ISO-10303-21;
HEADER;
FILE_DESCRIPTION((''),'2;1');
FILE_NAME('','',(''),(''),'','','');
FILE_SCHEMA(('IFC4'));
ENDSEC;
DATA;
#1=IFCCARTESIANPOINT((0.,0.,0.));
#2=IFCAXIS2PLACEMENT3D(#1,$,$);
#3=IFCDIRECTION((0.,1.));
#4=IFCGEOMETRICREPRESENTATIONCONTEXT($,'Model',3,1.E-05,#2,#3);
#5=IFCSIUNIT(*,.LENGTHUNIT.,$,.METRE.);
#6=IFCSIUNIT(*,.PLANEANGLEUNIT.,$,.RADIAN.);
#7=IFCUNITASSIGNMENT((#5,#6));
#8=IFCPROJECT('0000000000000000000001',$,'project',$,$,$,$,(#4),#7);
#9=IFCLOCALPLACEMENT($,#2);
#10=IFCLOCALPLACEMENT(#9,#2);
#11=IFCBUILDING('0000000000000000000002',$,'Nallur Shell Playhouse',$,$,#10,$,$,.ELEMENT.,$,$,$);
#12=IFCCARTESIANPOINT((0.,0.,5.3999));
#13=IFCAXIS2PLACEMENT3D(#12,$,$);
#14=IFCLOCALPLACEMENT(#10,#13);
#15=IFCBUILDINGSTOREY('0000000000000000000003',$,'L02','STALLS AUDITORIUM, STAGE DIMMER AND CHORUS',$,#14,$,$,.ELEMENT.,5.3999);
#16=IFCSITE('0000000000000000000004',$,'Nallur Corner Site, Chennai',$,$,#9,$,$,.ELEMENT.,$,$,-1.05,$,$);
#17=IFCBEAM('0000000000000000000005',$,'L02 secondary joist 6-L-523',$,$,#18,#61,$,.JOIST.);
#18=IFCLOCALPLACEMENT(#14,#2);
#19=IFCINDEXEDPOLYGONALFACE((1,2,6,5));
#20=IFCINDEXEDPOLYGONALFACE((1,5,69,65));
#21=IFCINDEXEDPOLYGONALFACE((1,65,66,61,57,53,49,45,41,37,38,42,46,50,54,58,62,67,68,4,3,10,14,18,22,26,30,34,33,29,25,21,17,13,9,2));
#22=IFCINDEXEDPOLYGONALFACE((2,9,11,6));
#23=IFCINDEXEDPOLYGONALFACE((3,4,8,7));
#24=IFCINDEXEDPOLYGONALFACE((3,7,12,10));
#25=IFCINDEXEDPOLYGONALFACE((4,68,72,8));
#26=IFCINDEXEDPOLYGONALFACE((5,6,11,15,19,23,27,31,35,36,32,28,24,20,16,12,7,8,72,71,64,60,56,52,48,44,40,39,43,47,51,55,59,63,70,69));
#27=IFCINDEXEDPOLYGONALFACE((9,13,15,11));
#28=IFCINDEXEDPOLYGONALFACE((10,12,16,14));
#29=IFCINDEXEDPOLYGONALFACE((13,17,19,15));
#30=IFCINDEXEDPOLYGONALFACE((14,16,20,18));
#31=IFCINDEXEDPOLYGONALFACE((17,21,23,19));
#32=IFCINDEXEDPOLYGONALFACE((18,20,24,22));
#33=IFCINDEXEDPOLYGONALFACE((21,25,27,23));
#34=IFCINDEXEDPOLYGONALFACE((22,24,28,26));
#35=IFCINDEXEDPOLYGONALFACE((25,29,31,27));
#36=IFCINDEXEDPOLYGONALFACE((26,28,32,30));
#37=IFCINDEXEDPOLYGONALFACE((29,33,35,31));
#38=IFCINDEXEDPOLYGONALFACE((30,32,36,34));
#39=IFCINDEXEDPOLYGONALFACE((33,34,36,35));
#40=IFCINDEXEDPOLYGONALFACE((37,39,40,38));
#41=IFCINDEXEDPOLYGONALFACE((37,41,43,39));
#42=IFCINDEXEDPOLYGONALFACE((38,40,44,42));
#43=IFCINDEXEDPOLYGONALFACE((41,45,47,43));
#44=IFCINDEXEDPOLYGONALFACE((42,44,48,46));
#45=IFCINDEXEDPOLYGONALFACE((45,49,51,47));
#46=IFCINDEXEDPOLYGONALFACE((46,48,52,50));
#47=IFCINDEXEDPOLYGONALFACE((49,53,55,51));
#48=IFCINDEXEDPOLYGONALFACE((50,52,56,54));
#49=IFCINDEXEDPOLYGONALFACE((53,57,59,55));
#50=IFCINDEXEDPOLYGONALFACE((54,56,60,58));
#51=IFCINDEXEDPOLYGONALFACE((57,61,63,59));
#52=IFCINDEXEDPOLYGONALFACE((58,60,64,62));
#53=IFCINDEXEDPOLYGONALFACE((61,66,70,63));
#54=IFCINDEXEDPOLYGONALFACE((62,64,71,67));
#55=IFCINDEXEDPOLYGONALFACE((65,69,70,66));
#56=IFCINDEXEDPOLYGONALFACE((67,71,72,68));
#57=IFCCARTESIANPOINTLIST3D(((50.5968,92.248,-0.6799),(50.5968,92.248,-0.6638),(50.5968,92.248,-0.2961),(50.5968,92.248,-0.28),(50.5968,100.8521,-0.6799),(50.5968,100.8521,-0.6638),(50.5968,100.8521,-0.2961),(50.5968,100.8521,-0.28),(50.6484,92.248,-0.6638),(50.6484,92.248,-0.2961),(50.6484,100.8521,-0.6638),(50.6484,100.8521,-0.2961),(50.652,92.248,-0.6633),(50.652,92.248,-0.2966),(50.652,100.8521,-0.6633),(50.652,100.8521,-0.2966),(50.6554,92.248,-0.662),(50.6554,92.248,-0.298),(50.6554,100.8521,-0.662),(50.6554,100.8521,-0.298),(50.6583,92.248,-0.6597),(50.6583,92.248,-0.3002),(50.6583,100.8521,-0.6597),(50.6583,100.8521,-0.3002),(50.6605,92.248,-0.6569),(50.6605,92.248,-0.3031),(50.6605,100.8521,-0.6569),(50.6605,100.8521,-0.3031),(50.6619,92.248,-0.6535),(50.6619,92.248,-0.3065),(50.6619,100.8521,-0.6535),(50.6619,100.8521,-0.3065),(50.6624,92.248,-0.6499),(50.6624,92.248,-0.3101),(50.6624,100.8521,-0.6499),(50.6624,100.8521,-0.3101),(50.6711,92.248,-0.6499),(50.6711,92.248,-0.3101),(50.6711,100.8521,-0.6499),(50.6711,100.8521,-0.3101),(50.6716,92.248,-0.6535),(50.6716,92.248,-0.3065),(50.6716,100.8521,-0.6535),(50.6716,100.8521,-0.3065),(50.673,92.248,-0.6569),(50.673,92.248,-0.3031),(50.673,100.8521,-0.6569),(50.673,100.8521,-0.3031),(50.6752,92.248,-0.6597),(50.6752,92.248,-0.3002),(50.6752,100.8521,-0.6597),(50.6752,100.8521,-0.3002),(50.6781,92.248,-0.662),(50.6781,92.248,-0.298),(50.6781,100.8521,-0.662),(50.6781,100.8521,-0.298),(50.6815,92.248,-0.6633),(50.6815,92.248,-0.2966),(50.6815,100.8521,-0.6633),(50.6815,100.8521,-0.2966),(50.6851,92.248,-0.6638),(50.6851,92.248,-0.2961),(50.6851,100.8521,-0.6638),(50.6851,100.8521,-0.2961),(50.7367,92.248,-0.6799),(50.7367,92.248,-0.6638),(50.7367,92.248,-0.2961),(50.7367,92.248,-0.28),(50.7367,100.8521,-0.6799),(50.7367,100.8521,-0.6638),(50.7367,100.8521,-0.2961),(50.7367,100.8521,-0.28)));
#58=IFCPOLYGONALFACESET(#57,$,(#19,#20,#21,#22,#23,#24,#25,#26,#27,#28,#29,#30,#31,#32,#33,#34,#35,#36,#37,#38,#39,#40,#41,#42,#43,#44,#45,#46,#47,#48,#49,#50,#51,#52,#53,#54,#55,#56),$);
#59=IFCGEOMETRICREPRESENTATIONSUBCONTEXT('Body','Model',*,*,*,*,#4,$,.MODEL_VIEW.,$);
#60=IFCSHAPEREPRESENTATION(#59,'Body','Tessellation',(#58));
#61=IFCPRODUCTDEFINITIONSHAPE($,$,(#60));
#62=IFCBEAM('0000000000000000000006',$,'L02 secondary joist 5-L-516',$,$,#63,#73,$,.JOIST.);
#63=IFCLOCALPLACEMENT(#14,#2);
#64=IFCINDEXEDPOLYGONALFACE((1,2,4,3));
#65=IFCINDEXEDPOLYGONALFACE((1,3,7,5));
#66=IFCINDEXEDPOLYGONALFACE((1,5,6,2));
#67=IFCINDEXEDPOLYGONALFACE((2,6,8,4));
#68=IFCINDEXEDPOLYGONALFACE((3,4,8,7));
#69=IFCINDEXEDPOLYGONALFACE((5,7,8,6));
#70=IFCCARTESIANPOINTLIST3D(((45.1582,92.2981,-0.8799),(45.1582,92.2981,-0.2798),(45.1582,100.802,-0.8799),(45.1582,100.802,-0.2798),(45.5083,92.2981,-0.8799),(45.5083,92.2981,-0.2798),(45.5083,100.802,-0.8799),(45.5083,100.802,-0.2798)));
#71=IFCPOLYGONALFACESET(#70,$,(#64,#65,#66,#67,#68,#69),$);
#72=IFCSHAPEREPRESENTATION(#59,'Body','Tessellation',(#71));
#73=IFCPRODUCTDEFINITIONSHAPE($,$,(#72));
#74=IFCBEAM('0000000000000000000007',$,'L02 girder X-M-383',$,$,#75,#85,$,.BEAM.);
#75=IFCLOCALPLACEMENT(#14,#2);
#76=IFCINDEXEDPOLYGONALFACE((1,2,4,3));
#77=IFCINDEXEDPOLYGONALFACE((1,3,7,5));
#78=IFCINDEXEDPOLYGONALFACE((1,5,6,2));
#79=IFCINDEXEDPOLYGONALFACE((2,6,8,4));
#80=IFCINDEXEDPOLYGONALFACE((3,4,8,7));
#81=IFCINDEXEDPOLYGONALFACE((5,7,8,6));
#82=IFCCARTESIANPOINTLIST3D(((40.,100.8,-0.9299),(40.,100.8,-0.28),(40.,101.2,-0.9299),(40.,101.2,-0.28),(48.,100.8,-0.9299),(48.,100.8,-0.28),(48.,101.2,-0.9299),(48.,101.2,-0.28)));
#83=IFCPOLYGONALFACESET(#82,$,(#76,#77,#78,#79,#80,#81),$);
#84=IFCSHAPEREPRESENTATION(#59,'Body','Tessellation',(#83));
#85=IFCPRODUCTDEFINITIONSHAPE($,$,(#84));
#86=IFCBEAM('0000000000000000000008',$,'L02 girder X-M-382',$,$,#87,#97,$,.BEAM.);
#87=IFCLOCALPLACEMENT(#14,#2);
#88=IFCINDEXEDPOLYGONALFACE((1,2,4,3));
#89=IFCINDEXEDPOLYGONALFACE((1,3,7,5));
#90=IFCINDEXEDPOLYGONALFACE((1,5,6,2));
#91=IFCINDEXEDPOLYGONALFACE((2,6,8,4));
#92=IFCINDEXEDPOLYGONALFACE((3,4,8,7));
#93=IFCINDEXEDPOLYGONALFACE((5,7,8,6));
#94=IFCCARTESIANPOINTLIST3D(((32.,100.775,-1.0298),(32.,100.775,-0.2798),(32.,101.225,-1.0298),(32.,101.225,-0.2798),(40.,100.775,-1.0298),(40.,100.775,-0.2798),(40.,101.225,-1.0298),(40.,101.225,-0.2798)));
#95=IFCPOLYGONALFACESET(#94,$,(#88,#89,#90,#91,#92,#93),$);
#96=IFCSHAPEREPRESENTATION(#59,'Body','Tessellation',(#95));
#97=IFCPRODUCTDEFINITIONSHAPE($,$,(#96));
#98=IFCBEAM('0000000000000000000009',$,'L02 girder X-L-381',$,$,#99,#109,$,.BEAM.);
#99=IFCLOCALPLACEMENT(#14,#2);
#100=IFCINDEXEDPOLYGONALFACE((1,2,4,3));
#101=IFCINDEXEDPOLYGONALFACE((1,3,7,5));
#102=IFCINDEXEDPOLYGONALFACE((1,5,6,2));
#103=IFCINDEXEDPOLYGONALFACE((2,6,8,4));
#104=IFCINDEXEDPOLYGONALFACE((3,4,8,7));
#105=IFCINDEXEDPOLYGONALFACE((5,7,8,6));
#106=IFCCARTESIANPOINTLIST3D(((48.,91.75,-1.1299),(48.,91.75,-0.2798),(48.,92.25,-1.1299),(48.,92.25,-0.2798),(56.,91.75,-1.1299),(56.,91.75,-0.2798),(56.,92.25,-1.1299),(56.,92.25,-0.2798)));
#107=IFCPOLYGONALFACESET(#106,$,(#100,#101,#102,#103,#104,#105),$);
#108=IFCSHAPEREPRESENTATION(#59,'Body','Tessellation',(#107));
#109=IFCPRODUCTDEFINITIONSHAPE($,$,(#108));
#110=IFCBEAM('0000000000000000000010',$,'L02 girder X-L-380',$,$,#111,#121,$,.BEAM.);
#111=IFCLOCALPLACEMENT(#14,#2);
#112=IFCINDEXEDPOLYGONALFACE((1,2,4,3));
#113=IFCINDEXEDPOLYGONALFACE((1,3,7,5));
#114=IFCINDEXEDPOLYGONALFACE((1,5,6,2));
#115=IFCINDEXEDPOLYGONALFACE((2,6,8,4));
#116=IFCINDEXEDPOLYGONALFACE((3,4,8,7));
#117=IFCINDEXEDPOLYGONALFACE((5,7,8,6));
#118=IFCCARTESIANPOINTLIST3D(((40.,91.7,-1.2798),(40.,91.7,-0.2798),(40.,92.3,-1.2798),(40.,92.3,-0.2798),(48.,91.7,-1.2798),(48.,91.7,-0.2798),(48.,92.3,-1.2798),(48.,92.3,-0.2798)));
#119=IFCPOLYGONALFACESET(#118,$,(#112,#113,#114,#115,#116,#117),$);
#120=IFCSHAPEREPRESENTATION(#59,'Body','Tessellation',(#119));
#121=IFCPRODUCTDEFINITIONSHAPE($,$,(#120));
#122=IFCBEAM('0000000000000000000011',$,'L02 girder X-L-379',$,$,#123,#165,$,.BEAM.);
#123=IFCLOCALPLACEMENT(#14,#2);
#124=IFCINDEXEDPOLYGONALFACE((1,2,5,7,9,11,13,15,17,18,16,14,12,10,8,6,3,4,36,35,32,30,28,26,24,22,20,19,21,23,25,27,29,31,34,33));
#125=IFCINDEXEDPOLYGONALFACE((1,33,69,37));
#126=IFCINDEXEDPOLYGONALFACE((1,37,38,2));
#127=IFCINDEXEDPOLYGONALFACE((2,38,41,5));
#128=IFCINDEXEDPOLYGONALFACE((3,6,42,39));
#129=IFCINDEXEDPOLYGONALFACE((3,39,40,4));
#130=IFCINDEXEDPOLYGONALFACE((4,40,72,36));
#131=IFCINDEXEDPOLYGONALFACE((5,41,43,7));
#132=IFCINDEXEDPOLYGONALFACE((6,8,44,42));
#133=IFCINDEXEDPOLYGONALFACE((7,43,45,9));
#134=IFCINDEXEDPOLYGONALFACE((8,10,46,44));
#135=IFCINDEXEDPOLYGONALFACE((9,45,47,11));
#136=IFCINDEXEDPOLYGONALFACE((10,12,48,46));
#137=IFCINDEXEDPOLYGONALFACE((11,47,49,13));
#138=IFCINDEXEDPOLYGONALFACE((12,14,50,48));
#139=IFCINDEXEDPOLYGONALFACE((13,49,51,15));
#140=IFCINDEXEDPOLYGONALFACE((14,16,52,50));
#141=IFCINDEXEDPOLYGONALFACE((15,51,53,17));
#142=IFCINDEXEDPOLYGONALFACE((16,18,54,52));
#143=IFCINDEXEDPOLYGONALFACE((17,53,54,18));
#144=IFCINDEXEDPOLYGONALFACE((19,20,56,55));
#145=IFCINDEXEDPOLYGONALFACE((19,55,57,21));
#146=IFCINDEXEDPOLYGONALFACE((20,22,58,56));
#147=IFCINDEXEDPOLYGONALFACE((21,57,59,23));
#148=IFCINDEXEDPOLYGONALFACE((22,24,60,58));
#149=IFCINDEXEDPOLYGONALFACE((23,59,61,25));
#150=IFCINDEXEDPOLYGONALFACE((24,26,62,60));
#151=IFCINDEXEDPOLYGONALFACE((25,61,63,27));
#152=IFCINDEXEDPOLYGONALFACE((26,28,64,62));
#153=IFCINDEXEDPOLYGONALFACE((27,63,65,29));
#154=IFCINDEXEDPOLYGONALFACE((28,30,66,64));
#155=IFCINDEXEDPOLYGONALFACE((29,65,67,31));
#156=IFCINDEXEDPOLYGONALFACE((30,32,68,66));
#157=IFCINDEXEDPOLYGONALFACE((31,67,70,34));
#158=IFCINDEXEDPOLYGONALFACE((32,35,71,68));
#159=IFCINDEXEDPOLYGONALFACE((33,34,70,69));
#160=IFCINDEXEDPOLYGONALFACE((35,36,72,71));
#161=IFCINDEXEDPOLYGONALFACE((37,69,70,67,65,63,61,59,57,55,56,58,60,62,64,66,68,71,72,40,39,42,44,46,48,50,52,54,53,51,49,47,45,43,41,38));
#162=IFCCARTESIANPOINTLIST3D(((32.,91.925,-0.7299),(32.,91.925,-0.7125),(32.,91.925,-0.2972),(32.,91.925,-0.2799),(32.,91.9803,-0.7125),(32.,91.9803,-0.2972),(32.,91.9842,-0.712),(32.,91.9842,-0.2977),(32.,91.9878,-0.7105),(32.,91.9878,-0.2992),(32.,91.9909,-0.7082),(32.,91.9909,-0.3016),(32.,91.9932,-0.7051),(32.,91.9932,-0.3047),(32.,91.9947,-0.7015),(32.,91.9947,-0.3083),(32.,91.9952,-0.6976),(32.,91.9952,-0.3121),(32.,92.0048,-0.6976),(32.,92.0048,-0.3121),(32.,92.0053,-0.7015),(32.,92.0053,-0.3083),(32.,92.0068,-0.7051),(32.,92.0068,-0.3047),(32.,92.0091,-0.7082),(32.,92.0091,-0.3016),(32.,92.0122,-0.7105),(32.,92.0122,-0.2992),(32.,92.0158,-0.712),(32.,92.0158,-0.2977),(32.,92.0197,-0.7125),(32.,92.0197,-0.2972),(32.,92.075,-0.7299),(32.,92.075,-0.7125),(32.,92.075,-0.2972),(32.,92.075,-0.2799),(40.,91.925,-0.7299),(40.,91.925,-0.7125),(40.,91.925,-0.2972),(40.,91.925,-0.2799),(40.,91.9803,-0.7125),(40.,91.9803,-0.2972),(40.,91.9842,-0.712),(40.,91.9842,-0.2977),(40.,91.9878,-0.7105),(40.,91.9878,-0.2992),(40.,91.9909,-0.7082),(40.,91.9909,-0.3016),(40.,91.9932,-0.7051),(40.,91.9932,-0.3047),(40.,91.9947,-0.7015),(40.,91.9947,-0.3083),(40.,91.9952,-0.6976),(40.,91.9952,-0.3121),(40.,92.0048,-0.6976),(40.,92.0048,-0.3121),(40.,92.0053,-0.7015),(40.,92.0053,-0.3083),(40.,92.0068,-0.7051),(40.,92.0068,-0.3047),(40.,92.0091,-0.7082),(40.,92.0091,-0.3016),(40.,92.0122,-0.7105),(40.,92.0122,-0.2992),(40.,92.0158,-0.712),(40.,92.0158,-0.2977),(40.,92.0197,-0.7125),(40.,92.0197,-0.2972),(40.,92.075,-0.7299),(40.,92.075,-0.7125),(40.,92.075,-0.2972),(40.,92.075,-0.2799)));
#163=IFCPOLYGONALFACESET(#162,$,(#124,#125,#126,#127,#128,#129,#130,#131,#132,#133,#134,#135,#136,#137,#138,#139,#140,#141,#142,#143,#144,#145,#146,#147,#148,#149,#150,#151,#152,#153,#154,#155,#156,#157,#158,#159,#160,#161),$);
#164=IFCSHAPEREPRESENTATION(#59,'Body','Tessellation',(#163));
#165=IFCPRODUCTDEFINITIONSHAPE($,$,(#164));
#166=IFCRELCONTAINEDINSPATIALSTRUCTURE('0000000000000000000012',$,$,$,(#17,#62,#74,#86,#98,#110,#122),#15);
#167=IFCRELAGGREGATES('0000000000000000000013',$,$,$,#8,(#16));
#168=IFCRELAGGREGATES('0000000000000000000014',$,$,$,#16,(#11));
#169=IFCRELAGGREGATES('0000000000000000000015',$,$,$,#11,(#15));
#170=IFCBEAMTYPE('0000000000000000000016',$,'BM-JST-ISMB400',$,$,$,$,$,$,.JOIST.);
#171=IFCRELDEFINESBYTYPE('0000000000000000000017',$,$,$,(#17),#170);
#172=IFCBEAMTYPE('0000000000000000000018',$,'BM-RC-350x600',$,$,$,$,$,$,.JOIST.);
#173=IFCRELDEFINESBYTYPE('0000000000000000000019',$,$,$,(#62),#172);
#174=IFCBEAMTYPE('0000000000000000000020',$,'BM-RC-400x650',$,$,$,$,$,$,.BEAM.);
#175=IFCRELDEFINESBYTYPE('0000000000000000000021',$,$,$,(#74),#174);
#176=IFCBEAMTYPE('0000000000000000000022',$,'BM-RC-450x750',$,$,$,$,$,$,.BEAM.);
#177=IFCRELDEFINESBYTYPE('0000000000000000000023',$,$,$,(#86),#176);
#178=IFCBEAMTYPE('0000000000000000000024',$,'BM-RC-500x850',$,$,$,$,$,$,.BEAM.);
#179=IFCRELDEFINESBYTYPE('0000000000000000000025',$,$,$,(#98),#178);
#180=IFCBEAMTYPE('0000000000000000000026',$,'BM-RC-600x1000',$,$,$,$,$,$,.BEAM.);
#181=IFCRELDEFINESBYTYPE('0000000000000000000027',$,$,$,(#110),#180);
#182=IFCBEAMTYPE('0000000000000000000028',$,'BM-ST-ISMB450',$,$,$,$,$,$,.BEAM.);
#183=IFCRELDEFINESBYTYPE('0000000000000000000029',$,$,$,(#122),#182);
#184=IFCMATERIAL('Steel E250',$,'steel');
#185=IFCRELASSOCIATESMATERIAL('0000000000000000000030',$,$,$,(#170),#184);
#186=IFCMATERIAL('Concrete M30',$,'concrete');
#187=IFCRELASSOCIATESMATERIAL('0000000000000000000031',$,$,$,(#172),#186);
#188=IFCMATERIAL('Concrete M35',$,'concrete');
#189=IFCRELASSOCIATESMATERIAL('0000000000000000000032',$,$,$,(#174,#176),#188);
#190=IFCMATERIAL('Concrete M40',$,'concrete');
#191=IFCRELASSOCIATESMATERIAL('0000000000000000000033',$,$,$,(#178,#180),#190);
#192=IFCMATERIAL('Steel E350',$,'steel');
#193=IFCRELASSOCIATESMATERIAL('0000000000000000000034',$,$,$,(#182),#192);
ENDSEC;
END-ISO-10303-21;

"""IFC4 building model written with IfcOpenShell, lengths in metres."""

from ifc_helpers import new_model, si_unit, direction, frame, origin, origin_2d, place, context, subcontext, project, spatial, rectangle, i_section, extrude, material, material_profile, profile_set, type_object, element, save


model = new_model("IFC4")

# Units and contexts
model_context = context("Model", 3, precision=1e-05, world=origin(), true_north=direction((0.0, 1.0)))
body_context = subcontext(model_context, "Body", "Model", "MODEL_VIEW")
ifc_project = project(units=[si_unit("LENGTHUNIT", "METRE"), si_unit("PLANEANGLEUNIT", "RADIAN")], contexts=[model_context])

# Site, building, storey
site_placement = place(None, origin())
site = spatial("IfcSite", under=ifc_project, at=site_placement, Name="Nallur Corner Site, Chennai", CompositionType="ELEMENT", RefElevation=-1.05)
building_placement = place(site_placement, origin())
building = spatial("IfcBuilding", under=site, at=building_placement, Name="Nallur Shell Playhouse", CompositionType="ELEMENT")
storey_placement = place(building_placement, frame((0.0, 0.0, 5.3999)))
storey = spatial("IfcBuildingStorey", under=building, at=storey_placement, Name="L02", Description="STALLS AUDITORIUM, STAGE DIMMER AND CHORUS", CompositionType="ELEMENT", Elevation=5.3999)

# Beams
ifc_material_1 = material(Name="Steel E250", Category="steel")
ifc_material_profile_1 = material_profile(ifc_material_1, i_section(OverallWidth=0.1399, OverallDepth=0.3999, WebThickness=0.0088, FlangeThickness=0.0161, FilletRadius=0.0139, at=origin_2d()), Name="ISMB 400")
ifc_profile_set_1 = profile_set([ifc_material_profile_1], Name="Steel E250")
beam_type_1 = type_object("IfcBeamType", Name="BM-JST-ISMB400", PredefinedType="JOIST", material=ifc_profile_set_1)
beam_1_placement = place(storey_placement, frame((50.6667, 92.248, -0.48), z_axis=(0.0, 1.0, 0.0), x_axis=(-1.0, 0.0, 0.0)))
element("IfcBeam", 1, at=beam_1_placement, inside=storey, type_object=beam_type_1, Name="L02 secondary joist 6-L-523", PredefinedType="JOIST", context=body_context, shape_type="SweptSolid", body=[
    extrude(i_section(OverallWidth=0.1399, OverallDepth=0.3999, WebThickness=0.0088, FlangeThickness=0.0161, FilletRadius=0.0139, at=origin_2d()), origin(), (0.0, 0.0, 1.0), 8.604),
])
ifc_material_2 = material(Name="Concrete M30", Category="concrete")
ifc_material_profile_2 = material_profile(ifc_material_2, rectangle(XDim=0.3501, YDim=0.6001, at=origin_2d()), Name="RC 350x600")
ifc_profile_set_2 = profile_set([ifc_material_profile_2], Name="Concrete M30")
beam_type_2 = type_object("IfcBeamType", Name="BM-RC-350x600", PredefinedType="JOIST", material=ifc_profile_set_2)
beam_2_placement = place(storey_placement, frame((45.3333, 92.2981, -0.5798), z_axis=(0.0, 1.0, 0.0), x_axis=(-1.0, 0.0, 0.0)))
element("IfcBeam", 2, at=beam_2_placement, inside=storey, type_object=beam_type_2, Name="L02 secondary joist 5-L-516", PredefinedType="JOIST", context=body_context, shape_type="SweptSolid", body=[
    extrude(rectangle(XDim=0.3501, YDim=0.6001, at=origin_2d()), origin(), (0.0, 0.0, 1.0), 8.5039),
])
ifc_material_3 = material(Name="Concrete M35", Category="concrete")
ifc_material_profile_3 = material_profile(ifc_material_3, rectangle(XDim=0.3999, YDim=0.6499, at=origin_2d()), Name="RC 400x650")
ifc_profile_set_3 = profile_set([ifc_material_profile_3], Name="Concrete M35")
beam_type_3 = type_object("IfcBeamType", Name="BM-RC-400x650", PredefinedType="BEAM", material=ifc_profile_set_3)
beam_3_placement = place(storey_placement, frame((40.0, 101.0, -0.605), z_axis=(1.0, 0.0, 0.0), x_axis=(0.0, 1.0, 0.0)))
element("IfcBeam", 3, at=beam_3_placement, inside=storey, type_object=beam_type_3, Name="L02 girder X-M-383", PredefinedType="BEAM", context=body_context, shape_type="SweptSolid", body=[
    extrude(rectangle(XDim=0.3999, YDim=0.6499, at=origin_2d()), origin(), (0.0, 0.0, 1.0), 8.0),
])
ifc_material_profile_4 = material_profile(ifc_material_3, rectangle(XDim=0.45, YDim=0.75, at=origin_2d()), Name="RC 450x750")
ifc_profile_set_4 = profile_set([ifc_material_profile_4], Name="Concrete M35")
beam_type_4 = type_object("IfcBeamType", Name="BM-RC-450x750", PredefinedType="BEAM", material=ifc_profile_set_4)
beam_4_placement = place(storey_placement, frame((32.0, 101.0, -0.6548), z_axis=(1.0, 0.0, 0.0), x_axis=(0.0, 1.0, 0.0)))
element("IfcBeam", 4, at=beam_4_placement, inside=storey, type_object=beam_type_4, Name="L02 girder X-M-382", PredefinedType="BEAM", context=body_context, shape_type="SweptSolid", body=[
    extrude(rectangle(XDim=0.45, YDim=0.75, at=origin_2d()), origin(), (0.0, 0.0, 1.0), 8.0),
])
ifc_material_4 = material(Name="Concrete M40", Category="concrete")
ifc_material_profile_5 = material_profile(ifc_material_4, rectangle(XDim=0.5, YDim=0.8501, at=origin_2d()), Name="RC 500x850")
ifc_profile_set_5 = profile_set([ifc_material_profile_5], Name="Concrete M40")
beam_type_5 = type_object("IfcBeamType", Name="BM-RC-500x850", PredefinedType="BEAM", material=ifc_profile_set_5)
beam_5_placement = place(storey_placement, frame((48.0, 92.0, -0.7048), z_axis=(1.0, 0.0, 0.0), x_axis=(0.0, 1.0, 0.0)))
element("IfcBeam", 5, at=beam_5_placement, inside=storey, type_object=beam_type_5, Name="L02 girder X-L-381", PredefinedType="BEAM", context=body_context, shape_type="SweptSolid", body=[
    extrude(rectangle(XDim=0.5, YDim=0.8501, at=origin_2d()), origin(), (0.0, 0.0, 1.0), 8.0),
])
ifc_material_profile_6 = material_profile(ifc_material_4, rectangle(XDim=0.6001, YDim=1.0, at=origin_2d()), Name="RC 600x1000")
ifc_profile_set_6 = profile_set([ifc_material_profile_6], Name="Concrete M40")
beam_type_6 = type_object("IfcBeamType", Name="BM-RC-600x1000", PredefinedType="BEAM", material=ifc_profile_set_6)
beam_6_placement = place(storey_placement, frame((40.0, 92.0, -0.7798), z_axis=(1.0, 0.0, 0.0), x_axis=(0.0, 1.0, 0.0)))
element("IfcBeam", 6, at=beam_6_placement, inside=storey, type_object=beam_type_6, Name="L02 girder X-L-380", PredefinedType="BEAM", context=body_context, shape_type="SweptSolid", body=[
    extrude(rectangle(XDim=0.6001, YDim=1.0, at=origin_2d()), origin(), (0.0, 0.0, 1.0), 8.0),
])
ifc_material_5 = material(Name="Steel E350", Category="steel")
ifc_material_profile_7 = material_profile(ifc_material_5, i_section(OverallWidth=0.1499, OverallDepth=0.45, WebThickness=0.0095, FlangeThickness=0.0173, FilletRadius=0.0149, at=origin_2d()), Name="ISMB 450")
ifc_profile_set_7 = profile_set([ifc_material_profile_7], Name="Steel E350")
beam_type_7 = type_object("IfcBeamType", Name="BM-ST-ISMB450", PredefinedType="BEAM", material=ifc_profile_set_7)
beam_7_placement = place(storey_placement, frame((32.0, 92.0, -0.5049), z_axis=(1.0, 0.0, 0.0), x_axis=(0.0, 1.0, 0.0)))
element("IfcBeam", 7, at=beam_7_placement, inside=storey, type_object=beam_type_7, Name="L02 girder X-L-379", PredefinedType="BEAM", context=body_context, shape_type="SweptSolid", body=[
    extrude(i_section(OverallWidth=0.1499, OverallDepth=0.45, WebThickness=0.0095, FlangeThickness=0.0173, FilletRadius=0.0149, at=origin_2d()), origin(), (0.0, 0.0, 1.0), 8.0),
])

save(model, "model.ifc")
